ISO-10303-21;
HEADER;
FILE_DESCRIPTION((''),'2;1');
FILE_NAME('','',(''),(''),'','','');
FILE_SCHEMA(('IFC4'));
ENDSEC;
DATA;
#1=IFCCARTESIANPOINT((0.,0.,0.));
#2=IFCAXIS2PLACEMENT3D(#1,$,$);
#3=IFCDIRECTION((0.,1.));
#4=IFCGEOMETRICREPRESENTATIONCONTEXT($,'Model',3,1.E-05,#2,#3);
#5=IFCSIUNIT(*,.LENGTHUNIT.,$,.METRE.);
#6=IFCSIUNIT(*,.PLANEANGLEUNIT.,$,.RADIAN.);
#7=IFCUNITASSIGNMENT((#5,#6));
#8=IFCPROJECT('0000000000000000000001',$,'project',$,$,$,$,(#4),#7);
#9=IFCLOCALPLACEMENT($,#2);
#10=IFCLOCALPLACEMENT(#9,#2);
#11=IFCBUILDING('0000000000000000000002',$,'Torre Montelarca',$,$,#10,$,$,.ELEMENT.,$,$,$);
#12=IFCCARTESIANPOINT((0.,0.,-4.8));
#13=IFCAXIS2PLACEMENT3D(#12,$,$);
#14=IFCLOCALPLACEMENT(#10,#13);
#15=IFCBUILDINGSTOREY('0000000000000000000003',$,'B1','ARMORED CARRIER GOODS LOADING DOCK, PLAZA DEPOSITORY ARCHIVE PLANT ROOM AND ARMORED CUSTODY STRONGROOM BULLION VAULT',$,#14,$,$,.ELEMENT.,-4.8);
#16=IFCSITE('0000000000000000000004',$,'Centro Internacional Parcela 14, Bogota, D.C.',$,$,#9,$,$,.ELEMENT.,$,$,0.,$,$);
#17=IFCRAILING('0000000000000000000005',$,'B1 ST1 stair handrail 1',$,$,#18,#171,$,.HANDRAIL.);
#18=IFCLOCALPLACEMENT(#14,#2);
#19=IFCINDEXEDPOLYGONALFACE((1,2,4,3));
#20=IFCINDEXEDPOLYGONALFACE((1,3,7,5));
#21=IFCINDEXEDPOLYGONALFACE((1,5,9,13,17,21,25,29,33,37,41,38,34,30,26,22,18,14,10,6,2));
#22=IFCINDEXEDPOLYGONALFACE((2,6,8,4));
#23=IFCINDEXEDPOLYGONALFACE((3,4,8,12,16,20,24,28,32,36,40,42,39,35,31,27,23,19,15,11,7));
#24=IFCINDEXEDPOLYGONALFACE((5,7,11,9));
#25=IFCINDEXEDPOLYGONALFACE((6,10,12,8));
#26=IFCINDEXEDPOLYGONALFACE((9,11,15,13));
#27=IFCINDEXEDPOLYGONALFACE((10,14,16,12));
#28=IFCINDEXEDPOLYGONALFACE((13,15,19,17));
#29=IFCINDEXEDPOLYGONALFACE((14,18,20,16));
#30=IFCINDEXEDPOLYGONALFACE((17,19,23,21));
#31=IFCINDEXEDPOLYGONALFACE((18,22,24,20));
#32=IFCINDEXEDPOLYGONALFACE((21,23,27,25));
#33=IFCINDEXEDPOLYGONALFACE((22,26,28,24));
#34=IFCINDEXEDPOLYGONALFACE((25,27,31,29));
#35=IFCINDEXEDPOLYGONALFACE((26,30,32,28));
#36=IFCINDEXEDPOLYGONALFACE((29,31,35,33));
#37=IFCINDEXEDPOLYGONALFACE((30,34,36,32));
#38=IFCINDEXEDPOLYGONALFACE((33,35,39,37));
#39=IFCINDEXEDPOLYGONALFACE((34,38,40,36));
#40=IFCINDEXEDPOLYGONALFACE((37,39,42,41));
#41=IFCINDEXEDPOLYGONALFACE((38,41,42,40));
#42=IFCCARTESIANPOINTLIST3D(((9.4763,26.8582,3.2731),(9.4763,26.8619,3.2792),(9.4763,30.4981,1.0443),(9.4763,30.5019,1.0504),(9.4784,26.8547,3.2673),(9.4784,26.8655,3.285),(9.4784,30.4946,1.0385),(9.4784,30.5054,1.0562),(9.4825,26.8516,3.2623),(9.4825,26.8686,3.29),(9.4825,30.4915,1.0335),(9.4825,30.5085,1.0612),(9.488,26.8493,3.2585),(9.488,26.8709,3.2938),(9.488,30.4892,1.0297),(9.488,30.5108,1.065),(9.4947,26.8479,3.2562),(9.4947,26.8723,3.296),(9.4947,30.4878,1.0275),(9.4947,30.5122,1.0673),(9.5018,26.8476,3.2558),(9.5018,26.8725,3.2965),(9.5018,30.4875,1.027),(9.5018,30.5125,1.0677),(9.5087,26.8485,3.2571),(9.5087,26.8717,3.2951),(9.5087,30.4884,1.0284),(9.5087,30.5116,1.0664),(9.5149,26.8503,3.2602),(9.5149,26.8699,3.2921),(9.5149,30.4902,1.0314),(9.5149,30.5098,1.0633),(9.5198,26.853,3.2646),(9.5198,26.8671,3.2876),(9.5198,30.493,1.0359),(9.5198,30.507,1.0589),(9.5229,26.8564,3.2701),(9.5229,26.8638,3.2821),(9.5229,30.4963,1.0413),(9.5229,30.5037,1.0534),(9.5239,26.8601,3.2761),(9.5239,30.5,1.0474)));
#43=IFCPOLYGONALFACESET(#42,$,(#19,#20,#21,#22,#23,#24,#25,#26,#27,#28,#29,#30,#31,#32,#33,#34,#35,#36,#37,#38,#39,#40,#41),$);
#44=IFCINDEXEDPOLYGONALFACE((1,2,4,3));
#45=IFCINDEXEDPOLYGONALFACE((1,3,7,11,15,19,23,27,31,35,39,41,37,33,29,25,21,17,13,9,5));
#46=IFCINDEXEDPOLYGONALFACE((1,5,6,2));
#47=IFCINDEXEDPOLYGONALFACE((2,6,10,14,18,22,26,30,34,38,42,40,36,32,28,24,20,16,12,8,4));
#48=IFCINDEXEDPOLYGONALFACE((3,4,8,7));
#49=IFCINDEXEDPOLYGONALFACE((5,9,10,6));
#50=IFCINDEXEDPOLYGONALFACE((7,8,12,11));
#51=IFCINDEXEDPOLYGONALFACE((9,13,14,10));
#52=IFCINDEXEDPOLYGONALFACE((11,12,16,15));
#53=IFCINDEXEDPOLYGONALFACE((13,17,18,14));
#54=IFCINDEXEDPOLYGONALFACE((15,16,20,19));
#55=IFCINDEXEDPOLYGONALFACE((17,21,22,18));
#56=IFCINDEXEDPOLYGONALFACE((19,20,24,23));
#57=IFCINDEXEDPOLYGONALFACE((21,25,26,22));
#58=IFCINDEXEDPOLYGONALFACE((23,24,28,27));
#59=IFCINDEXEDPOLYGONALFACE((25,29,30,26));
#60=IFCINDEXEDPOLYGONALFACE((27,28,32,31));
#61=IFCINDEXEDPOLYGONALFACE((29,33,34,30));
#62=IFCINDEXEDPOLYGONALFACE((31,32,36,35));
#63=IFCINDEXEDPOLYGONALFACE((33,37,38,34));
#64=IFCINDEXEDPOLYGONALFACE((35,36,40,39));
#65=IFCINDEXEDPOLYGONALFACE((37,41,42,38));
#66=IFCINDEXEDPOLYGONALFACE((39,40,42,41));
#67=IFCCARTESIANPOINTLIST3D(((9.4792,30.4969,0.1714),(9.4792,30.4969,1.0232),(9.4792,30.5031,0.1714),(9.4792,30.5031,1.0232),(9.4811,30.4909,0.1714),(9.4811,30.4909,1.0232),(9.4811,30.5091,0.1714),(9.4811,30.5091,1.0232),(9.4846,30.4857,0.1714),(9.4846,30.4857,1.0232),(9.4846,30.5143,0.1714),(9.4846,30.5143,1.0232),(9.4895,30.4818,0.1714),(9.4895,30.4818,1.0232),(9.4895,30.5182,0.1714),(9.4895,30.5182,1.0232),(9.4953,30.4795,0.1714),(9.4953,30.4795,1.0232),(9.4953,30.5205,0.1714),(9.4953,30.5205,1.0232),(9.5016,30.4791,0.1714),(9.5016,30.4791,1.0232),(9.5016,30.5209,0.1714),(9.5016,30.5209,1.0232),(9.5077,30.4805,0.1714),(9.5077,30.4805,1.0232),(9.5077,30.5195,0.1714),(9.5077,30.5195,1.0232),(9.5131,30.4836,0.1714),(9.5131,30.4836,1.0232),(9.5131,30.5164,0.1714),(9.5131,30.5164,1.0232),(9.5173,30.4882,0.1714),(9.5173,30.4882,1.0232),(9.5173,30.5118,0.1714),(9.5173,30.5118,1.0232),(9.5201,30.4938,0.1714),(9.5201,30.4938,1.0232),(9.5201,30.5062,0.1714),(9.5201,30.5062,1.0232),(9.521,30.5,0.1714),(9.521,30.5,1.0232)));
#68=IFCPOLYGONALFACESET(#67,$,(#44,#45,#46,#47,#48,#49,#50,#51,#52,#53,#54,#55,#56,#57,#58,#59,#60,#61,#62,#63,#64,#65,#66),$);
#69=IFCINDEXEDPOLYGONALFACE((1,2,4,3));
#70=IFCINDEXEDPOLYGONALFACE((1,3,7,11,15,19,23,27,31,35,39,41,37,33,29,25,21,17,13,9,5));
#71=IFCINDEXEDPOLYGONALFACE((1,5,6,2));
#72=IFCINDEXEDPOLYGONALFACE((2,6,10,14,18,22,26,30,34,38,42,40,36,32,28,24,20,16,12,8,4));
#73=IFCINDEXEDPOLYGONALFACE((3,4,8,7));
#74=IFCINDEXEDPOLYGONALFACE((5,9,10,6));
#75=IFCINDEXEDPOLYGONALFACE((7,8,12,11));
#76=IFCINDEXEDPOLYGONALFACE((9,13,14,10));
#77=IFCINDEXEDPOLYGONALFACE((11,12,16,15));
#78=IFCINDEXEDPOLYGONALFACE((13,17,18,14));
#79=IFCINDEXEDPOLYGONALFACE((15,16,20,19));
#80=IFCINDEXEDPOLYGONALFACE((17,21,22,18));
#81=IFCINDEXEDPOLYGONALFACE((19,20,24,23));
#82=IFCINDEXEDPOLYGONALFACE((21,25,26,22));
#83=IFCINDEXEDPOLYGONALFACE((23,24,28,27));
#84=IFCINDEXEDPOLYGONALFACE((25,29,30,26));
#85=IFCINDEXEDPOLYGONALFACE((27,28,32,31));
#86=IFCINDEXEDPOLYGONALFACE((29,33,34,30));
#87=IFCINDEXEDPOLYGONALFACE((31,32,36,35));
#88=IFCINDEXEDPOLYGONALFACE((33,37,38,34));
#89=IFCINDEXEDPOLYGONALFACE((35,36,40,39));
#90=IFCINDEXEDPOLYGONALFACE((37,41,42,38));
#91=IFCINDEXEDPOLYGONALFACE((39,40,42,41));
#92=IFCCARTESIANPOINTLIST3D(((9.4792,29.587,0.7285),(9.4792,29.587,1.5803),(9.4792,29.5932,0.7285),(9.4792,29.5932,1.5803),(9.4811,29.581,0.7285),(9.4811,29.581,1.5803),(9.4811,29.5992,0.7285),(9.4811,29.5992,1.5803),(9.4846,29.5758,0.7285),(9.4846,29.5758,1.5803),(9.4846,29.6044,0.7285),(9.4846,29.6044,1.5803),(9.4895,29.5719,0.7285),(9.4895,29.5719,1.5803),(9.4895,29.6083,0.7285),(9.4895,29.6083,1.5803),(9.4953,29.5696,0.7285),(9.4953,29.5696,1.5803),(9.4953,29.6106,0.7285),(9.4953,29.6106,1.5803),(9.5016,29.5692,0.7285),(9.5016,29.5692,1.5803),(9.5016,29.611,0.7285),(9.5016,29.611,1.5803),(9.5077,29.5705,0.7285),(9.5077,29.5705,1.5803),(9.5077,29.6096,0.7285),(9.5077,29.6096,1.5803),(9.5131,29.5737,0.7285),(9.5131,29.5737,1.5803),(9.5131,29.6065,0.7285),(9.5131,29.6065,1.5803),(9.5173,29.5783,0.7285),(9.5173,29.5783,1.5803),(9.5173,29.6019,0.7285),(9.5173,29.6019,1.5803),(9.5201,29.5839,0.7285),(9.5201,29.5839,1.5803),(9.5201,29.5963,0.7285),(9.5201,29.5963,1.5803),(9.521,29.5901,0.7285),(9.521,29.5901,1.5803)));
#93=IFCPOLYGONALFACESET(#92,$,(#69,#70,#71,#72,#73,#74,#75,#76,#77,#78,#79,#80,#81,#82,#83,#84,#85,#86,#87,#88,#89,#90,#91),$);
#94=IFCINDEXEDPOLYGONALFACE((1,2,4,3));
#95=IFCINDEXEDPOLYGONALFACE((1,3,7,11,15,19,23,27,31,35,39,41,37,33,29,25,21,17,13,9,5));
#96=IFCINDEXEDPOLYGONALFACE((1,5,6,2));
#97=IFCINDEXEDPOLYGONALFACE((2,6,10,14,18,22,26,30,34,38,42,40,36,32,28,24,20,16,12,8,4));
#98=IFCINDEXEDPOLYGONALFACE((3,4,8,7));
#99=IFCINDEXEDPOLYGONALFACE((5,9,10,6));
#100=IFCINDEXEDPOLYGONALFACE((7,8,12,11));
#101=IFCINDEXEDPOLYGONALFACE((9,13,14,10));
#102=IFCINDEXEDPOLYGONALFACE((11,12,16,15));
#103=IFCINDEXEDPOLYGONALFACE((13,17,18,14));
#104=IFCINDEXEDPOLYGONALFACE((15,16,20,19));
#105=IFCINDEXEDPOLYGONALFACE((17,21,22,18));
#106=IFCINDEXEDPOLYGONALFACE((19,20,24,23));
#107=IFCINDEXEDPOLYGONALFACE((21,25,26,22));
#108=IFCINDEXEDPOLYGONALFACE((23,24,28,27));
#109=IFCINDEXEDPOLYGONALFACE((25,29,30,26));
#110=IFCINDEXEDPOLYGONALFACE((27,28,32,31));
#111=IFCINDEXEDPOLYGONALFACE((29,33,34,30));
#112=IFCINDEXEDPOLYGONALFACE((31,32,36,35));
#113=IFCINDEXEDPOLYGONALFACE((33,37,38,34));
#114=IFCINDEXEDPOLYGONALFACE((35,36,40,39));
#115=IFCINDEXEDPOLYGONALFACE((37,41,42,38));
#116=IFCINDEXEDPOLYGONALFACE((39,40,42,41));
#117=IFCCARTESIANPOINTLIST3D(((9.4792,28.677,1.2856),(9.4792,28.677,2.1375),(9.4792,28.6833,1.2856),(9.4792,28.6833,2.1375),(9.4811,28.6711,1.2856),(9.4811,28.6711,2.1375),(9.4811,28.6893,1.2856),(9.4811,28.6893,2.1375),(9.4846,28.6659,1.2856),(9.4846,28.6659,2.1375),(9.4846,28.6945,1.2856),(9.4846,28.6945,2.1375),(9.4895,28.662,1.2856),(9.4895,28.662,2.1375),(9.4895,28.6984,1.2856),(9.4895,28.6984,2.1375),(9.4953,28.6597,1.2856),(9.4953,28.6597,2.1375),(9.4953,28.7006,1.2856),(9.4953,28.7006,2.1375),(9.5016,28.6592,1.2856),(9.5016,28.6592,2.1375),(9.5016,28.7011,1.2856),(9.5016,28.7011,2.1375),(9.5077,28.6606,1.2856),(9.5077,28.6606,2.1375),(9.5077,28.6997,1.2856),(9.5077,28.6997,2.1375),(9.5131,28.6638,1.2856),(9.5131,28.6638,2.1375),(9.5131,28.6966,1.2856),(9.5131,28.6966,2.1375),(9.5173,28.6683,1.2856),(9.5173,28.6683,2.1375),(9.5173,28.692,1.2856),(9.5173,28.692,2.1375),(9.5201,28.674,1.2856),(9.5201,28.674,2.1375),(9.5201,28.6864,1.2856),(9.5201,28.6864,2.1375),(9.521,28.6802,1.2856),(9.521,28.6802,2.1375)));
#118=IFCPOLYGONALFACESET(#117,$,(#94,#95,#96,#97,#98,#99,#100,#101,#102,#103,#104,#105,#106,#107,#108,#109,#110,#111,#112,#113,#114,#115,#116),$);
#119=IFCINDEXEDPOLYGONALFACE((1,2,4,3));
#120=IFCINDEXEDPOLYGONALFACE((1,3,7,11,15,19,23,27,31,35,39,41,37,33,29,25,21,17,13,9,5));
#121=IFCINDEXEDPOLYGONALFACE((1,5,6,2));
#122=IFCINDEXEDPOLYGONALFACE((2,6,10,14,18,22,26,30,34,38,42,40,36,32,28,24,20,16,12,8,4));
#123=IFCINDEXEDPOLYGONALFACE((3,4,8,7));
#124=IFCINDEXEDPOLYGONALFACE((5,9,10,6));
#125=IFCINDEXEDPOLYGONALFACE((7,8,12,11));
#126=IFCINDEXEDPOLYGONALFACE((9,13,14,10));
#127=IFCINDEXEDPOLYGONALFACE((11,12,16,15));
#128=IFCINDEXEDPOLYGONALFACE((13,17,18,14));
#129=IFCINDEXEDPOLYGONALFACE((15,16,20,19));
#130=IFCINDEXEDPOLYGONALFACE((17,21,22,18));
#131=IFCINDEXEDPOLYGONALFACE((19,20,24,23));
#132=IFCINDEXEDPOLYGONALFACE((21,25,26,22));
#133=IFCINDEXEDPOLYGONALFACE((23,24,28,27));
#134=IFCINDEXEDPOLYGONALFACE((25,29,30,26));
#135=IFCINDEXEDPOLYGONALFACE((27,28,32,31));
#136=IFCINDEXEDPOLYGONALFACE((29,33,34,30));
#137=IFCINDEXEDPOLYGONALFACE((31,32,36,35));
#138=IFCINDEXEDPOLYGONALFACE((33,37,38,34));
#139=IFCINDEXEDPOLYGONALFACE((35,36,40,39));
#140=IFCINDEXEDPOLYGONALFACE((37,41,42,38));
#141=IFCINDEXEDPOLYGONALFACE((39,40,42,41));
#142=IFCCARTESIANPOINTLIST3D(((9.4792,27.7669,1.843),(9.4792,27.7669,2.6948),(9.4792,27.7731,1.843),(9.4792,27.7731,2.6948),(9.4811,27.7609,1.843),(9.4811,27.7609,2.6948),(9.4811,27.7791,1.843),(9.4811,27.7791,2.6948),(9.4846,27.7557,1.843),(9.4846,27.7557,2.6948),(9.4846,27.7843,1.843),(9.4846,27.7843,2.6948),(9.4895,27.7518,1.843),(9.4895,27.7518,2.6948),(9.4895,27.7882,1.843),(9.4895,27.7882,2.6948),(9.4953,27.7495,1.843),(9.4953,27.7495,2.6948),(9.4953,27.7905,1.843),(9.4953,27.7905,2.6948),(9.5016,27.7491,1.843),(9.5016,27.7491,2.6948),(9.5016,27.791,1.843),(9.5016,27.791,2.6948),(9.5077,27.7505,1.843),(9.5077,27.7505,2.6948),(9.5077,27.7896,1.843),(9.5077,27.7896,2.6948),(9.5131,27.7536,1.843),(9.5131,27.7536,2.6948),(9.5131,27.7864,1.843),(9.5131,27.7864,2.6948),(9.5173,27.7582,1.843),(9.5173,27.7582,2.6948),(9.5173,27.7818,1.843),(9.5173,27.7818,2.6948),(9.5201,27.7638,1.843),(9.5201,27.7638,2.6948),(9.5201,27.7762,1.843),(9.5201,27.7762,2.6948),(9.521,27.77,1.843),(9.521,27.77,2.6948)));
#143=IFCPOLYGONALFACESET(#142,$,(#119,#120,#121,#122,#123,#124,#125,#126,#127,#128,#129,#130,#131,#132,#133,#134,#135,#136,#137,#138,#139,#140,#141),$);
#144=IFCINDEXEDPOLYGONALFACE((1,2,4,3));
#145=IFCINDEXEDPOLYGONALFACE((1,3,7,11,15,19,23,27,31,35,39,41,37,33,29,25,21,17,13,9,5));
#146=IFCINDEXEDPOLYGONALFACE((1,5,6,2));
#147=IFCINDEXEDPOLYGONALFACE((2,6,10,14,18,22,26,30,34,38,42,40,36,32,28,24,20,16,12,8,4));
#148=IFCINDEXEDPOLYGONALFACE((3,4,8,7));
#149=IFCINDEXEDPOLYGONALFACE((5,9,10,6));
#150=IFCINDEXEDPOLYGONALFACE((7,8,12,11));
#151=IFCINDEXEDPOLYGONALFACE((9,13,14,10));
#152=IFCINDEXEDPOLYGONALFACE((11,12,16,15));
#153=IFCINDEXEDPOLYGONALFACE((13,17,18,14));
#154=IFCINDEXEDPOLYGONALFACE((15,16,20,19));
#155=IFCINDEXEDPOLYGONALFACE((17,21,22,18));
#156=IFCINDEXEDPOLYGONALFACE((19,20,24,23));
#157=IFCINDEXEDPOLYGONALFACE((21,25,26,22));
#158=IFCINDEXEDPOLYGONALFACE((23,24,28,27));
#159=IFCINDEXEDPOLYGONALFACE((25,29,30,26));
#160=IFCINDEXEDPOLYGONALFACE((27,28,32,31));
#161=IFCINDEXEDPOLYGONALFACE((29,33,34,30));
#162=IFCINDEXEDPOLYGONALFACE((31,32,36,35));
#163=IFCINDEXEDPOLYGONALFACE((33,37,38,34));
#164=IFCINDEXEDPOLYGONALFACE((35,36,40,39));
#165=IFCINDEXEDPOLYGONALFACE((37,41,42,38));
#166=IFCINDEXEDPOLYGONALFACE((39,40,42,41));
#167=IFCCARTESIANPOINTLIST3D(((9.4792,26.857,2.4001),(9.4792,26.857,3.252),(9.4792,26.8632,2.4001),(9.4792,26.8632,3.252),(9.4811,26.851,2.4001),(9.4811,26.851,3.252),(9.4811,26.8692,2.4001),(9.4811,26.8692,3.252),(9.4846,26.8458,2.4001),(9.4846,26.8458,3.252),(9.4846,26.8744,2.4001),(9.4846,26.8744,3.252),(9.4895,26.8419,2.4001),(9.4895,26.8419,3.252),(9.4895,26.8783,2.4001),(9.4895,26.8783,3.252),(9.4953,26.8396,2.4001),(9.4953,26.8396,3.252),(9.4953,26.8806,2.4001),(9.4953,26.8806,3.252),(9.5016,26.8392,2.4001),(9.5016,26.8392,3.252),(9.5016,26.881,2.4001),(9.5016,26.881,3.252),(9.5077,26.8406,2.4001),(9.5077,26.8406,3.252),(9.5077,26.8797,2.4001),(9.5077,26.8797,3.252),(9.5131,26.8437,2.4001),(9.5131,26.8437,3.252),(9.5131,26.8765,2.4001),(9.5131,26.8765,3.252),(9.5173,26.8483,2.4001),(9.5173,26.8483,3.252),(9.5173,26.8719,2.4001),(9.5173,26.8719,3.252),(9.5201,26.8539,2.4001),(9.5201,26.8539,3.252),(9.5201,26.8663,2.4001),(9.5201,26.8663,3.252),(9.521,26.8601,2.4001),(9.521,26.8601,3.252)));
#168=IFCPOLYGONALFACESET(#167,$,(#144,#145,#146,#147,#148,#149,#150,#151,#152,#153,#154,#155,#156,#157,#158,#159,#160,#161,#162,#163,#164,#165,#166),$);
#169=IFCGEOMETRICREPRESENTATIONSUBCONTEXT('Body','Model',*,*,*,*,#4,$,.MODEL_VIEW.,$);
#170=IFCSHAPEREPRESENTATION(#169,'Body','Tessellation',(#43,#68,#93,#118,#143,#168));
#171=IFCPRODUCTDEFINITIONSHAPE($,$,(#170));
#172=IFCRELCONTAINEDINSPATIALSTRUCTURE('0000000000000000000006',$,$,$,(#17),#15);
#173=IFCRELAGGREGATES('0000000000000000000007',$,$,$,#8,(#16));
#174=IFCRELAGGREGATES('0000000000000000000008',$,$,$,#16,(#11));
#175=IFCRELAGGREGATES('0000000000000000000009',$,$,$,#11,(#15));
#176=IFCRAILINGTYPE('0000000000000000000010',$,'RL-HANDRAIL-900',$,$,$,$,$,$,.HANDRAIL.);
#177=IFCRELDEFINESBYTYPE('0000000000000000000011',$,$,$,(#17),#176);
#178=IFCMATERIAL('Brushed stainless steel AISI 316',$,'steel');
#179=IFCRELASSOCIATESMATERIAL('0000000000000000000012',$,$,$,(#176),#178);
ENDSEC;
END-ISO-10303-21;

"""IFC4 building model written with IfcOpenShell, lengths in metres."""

from ifc_helpers import new_model, si_unit, direction, frame, origin, origin_2d, place, context, subcontext, project, spatial, circle, extrude, material, type_object, element, save


model = new_model("IFC4")

# Units and contexts
model_context = context("Model", 3, precision=1e-05, world=origin(), true_north=direction((0.0, 1.0)))
body_context = subcontext(model_context, "Body", "Model", "MODEL_VIEW")
ifc_project = project(units=[si_unit("LENGTHUNIT", "METRE"), si_unit("PLANEANGLEUNIT", "RADIAN")], contexts=[model_context])

# Site, building, storey
site_placement = place(None, origin())
site = spatial("IfcSite", under=ifc_project, at=site_placement, Name="Centro Internacional Parcela 14, Bogota, D.C.", CompositionType="ELEMENT", RefElevation=0.0)
building_placement = place(site_placement, origin())
building = spatial("IfcBuilding", under=site, at=building_placement, Name="Torre Montelarca", CompositionType="ELEMENT")
storey_placement = place(building_placement, frame((0.0, 0.0, -4.8)))
storey = spatial("IfcBuildingStorey", under=building, at=storey_placement, Name="B1", Description="ARMORED CARRIER GOODS LOADING DOCK, PLAZA DEPOSITORY ARCHIVE PLANT ROOM AND ARMORED CUSTODY STRONGROOM BULLION VAULT", CompositionType="ELEMENT", Elevation=-4.8)

# Shared definitions
ifc_material_1 = material(Name="Brushed stainless steel AISI 316", Category="steel")

# Railing
railing_type_1 = type_object("IfcRailingType", Name="RL-HANDRAIL-900", PredefinedType="HANDRAIL", material=ifc_material_1)
railing_1_placement = place(storey_placement, frame((9.5, 30.5, 0.1714)))
element("IfcRailing", 1, at=railing_1_placement, inside=storey, type_object=railing_type_1, Name="B1 ST1 stair handrail 1", PredefinedType="HANDRAIL", context=body_context, shape_type="SweptSolid", body=[
    extrude(circle(Radius=0.0239, at=origin_2d()), frame((0.0, 0.0, 0.876), z_axis=(0.0, -0.852825, 0.522197), x_axis=(1.0, 0.0, 0.0)), (0.0, 0.0, 1.0), 4.2681),
    extrude(circle(Radius=0.021, at=origin_2d()), origin(), (0.0, 0.0, 1.0), 0.8518),
    extrude(circle(Radius=0.021, at=origin_2d()), frame((0.0, -0.9099, 0.5571)), (0.0, 0.0, 1.0), 0.8518),
    extrude(circle(Radius=0.021, at=origin_2d()), frame((0.0, -1.8198, 1.1143)), (0.0, 0.0, 1.0), 0.8518),
    extrude(circle(Radius=0.021, at=origin_2d()), frame((0.0, -2.73, 1.6716)), (0.0, 0.0, 1.0), 0.8518),
    extrude(circle(Radius=0.021, at=origin_2d()), frame((0.0, -3.6399, 2.2288)), (0.0, 0.0, 1.0), 0.8518),
])

save(model, "model.ifc")
